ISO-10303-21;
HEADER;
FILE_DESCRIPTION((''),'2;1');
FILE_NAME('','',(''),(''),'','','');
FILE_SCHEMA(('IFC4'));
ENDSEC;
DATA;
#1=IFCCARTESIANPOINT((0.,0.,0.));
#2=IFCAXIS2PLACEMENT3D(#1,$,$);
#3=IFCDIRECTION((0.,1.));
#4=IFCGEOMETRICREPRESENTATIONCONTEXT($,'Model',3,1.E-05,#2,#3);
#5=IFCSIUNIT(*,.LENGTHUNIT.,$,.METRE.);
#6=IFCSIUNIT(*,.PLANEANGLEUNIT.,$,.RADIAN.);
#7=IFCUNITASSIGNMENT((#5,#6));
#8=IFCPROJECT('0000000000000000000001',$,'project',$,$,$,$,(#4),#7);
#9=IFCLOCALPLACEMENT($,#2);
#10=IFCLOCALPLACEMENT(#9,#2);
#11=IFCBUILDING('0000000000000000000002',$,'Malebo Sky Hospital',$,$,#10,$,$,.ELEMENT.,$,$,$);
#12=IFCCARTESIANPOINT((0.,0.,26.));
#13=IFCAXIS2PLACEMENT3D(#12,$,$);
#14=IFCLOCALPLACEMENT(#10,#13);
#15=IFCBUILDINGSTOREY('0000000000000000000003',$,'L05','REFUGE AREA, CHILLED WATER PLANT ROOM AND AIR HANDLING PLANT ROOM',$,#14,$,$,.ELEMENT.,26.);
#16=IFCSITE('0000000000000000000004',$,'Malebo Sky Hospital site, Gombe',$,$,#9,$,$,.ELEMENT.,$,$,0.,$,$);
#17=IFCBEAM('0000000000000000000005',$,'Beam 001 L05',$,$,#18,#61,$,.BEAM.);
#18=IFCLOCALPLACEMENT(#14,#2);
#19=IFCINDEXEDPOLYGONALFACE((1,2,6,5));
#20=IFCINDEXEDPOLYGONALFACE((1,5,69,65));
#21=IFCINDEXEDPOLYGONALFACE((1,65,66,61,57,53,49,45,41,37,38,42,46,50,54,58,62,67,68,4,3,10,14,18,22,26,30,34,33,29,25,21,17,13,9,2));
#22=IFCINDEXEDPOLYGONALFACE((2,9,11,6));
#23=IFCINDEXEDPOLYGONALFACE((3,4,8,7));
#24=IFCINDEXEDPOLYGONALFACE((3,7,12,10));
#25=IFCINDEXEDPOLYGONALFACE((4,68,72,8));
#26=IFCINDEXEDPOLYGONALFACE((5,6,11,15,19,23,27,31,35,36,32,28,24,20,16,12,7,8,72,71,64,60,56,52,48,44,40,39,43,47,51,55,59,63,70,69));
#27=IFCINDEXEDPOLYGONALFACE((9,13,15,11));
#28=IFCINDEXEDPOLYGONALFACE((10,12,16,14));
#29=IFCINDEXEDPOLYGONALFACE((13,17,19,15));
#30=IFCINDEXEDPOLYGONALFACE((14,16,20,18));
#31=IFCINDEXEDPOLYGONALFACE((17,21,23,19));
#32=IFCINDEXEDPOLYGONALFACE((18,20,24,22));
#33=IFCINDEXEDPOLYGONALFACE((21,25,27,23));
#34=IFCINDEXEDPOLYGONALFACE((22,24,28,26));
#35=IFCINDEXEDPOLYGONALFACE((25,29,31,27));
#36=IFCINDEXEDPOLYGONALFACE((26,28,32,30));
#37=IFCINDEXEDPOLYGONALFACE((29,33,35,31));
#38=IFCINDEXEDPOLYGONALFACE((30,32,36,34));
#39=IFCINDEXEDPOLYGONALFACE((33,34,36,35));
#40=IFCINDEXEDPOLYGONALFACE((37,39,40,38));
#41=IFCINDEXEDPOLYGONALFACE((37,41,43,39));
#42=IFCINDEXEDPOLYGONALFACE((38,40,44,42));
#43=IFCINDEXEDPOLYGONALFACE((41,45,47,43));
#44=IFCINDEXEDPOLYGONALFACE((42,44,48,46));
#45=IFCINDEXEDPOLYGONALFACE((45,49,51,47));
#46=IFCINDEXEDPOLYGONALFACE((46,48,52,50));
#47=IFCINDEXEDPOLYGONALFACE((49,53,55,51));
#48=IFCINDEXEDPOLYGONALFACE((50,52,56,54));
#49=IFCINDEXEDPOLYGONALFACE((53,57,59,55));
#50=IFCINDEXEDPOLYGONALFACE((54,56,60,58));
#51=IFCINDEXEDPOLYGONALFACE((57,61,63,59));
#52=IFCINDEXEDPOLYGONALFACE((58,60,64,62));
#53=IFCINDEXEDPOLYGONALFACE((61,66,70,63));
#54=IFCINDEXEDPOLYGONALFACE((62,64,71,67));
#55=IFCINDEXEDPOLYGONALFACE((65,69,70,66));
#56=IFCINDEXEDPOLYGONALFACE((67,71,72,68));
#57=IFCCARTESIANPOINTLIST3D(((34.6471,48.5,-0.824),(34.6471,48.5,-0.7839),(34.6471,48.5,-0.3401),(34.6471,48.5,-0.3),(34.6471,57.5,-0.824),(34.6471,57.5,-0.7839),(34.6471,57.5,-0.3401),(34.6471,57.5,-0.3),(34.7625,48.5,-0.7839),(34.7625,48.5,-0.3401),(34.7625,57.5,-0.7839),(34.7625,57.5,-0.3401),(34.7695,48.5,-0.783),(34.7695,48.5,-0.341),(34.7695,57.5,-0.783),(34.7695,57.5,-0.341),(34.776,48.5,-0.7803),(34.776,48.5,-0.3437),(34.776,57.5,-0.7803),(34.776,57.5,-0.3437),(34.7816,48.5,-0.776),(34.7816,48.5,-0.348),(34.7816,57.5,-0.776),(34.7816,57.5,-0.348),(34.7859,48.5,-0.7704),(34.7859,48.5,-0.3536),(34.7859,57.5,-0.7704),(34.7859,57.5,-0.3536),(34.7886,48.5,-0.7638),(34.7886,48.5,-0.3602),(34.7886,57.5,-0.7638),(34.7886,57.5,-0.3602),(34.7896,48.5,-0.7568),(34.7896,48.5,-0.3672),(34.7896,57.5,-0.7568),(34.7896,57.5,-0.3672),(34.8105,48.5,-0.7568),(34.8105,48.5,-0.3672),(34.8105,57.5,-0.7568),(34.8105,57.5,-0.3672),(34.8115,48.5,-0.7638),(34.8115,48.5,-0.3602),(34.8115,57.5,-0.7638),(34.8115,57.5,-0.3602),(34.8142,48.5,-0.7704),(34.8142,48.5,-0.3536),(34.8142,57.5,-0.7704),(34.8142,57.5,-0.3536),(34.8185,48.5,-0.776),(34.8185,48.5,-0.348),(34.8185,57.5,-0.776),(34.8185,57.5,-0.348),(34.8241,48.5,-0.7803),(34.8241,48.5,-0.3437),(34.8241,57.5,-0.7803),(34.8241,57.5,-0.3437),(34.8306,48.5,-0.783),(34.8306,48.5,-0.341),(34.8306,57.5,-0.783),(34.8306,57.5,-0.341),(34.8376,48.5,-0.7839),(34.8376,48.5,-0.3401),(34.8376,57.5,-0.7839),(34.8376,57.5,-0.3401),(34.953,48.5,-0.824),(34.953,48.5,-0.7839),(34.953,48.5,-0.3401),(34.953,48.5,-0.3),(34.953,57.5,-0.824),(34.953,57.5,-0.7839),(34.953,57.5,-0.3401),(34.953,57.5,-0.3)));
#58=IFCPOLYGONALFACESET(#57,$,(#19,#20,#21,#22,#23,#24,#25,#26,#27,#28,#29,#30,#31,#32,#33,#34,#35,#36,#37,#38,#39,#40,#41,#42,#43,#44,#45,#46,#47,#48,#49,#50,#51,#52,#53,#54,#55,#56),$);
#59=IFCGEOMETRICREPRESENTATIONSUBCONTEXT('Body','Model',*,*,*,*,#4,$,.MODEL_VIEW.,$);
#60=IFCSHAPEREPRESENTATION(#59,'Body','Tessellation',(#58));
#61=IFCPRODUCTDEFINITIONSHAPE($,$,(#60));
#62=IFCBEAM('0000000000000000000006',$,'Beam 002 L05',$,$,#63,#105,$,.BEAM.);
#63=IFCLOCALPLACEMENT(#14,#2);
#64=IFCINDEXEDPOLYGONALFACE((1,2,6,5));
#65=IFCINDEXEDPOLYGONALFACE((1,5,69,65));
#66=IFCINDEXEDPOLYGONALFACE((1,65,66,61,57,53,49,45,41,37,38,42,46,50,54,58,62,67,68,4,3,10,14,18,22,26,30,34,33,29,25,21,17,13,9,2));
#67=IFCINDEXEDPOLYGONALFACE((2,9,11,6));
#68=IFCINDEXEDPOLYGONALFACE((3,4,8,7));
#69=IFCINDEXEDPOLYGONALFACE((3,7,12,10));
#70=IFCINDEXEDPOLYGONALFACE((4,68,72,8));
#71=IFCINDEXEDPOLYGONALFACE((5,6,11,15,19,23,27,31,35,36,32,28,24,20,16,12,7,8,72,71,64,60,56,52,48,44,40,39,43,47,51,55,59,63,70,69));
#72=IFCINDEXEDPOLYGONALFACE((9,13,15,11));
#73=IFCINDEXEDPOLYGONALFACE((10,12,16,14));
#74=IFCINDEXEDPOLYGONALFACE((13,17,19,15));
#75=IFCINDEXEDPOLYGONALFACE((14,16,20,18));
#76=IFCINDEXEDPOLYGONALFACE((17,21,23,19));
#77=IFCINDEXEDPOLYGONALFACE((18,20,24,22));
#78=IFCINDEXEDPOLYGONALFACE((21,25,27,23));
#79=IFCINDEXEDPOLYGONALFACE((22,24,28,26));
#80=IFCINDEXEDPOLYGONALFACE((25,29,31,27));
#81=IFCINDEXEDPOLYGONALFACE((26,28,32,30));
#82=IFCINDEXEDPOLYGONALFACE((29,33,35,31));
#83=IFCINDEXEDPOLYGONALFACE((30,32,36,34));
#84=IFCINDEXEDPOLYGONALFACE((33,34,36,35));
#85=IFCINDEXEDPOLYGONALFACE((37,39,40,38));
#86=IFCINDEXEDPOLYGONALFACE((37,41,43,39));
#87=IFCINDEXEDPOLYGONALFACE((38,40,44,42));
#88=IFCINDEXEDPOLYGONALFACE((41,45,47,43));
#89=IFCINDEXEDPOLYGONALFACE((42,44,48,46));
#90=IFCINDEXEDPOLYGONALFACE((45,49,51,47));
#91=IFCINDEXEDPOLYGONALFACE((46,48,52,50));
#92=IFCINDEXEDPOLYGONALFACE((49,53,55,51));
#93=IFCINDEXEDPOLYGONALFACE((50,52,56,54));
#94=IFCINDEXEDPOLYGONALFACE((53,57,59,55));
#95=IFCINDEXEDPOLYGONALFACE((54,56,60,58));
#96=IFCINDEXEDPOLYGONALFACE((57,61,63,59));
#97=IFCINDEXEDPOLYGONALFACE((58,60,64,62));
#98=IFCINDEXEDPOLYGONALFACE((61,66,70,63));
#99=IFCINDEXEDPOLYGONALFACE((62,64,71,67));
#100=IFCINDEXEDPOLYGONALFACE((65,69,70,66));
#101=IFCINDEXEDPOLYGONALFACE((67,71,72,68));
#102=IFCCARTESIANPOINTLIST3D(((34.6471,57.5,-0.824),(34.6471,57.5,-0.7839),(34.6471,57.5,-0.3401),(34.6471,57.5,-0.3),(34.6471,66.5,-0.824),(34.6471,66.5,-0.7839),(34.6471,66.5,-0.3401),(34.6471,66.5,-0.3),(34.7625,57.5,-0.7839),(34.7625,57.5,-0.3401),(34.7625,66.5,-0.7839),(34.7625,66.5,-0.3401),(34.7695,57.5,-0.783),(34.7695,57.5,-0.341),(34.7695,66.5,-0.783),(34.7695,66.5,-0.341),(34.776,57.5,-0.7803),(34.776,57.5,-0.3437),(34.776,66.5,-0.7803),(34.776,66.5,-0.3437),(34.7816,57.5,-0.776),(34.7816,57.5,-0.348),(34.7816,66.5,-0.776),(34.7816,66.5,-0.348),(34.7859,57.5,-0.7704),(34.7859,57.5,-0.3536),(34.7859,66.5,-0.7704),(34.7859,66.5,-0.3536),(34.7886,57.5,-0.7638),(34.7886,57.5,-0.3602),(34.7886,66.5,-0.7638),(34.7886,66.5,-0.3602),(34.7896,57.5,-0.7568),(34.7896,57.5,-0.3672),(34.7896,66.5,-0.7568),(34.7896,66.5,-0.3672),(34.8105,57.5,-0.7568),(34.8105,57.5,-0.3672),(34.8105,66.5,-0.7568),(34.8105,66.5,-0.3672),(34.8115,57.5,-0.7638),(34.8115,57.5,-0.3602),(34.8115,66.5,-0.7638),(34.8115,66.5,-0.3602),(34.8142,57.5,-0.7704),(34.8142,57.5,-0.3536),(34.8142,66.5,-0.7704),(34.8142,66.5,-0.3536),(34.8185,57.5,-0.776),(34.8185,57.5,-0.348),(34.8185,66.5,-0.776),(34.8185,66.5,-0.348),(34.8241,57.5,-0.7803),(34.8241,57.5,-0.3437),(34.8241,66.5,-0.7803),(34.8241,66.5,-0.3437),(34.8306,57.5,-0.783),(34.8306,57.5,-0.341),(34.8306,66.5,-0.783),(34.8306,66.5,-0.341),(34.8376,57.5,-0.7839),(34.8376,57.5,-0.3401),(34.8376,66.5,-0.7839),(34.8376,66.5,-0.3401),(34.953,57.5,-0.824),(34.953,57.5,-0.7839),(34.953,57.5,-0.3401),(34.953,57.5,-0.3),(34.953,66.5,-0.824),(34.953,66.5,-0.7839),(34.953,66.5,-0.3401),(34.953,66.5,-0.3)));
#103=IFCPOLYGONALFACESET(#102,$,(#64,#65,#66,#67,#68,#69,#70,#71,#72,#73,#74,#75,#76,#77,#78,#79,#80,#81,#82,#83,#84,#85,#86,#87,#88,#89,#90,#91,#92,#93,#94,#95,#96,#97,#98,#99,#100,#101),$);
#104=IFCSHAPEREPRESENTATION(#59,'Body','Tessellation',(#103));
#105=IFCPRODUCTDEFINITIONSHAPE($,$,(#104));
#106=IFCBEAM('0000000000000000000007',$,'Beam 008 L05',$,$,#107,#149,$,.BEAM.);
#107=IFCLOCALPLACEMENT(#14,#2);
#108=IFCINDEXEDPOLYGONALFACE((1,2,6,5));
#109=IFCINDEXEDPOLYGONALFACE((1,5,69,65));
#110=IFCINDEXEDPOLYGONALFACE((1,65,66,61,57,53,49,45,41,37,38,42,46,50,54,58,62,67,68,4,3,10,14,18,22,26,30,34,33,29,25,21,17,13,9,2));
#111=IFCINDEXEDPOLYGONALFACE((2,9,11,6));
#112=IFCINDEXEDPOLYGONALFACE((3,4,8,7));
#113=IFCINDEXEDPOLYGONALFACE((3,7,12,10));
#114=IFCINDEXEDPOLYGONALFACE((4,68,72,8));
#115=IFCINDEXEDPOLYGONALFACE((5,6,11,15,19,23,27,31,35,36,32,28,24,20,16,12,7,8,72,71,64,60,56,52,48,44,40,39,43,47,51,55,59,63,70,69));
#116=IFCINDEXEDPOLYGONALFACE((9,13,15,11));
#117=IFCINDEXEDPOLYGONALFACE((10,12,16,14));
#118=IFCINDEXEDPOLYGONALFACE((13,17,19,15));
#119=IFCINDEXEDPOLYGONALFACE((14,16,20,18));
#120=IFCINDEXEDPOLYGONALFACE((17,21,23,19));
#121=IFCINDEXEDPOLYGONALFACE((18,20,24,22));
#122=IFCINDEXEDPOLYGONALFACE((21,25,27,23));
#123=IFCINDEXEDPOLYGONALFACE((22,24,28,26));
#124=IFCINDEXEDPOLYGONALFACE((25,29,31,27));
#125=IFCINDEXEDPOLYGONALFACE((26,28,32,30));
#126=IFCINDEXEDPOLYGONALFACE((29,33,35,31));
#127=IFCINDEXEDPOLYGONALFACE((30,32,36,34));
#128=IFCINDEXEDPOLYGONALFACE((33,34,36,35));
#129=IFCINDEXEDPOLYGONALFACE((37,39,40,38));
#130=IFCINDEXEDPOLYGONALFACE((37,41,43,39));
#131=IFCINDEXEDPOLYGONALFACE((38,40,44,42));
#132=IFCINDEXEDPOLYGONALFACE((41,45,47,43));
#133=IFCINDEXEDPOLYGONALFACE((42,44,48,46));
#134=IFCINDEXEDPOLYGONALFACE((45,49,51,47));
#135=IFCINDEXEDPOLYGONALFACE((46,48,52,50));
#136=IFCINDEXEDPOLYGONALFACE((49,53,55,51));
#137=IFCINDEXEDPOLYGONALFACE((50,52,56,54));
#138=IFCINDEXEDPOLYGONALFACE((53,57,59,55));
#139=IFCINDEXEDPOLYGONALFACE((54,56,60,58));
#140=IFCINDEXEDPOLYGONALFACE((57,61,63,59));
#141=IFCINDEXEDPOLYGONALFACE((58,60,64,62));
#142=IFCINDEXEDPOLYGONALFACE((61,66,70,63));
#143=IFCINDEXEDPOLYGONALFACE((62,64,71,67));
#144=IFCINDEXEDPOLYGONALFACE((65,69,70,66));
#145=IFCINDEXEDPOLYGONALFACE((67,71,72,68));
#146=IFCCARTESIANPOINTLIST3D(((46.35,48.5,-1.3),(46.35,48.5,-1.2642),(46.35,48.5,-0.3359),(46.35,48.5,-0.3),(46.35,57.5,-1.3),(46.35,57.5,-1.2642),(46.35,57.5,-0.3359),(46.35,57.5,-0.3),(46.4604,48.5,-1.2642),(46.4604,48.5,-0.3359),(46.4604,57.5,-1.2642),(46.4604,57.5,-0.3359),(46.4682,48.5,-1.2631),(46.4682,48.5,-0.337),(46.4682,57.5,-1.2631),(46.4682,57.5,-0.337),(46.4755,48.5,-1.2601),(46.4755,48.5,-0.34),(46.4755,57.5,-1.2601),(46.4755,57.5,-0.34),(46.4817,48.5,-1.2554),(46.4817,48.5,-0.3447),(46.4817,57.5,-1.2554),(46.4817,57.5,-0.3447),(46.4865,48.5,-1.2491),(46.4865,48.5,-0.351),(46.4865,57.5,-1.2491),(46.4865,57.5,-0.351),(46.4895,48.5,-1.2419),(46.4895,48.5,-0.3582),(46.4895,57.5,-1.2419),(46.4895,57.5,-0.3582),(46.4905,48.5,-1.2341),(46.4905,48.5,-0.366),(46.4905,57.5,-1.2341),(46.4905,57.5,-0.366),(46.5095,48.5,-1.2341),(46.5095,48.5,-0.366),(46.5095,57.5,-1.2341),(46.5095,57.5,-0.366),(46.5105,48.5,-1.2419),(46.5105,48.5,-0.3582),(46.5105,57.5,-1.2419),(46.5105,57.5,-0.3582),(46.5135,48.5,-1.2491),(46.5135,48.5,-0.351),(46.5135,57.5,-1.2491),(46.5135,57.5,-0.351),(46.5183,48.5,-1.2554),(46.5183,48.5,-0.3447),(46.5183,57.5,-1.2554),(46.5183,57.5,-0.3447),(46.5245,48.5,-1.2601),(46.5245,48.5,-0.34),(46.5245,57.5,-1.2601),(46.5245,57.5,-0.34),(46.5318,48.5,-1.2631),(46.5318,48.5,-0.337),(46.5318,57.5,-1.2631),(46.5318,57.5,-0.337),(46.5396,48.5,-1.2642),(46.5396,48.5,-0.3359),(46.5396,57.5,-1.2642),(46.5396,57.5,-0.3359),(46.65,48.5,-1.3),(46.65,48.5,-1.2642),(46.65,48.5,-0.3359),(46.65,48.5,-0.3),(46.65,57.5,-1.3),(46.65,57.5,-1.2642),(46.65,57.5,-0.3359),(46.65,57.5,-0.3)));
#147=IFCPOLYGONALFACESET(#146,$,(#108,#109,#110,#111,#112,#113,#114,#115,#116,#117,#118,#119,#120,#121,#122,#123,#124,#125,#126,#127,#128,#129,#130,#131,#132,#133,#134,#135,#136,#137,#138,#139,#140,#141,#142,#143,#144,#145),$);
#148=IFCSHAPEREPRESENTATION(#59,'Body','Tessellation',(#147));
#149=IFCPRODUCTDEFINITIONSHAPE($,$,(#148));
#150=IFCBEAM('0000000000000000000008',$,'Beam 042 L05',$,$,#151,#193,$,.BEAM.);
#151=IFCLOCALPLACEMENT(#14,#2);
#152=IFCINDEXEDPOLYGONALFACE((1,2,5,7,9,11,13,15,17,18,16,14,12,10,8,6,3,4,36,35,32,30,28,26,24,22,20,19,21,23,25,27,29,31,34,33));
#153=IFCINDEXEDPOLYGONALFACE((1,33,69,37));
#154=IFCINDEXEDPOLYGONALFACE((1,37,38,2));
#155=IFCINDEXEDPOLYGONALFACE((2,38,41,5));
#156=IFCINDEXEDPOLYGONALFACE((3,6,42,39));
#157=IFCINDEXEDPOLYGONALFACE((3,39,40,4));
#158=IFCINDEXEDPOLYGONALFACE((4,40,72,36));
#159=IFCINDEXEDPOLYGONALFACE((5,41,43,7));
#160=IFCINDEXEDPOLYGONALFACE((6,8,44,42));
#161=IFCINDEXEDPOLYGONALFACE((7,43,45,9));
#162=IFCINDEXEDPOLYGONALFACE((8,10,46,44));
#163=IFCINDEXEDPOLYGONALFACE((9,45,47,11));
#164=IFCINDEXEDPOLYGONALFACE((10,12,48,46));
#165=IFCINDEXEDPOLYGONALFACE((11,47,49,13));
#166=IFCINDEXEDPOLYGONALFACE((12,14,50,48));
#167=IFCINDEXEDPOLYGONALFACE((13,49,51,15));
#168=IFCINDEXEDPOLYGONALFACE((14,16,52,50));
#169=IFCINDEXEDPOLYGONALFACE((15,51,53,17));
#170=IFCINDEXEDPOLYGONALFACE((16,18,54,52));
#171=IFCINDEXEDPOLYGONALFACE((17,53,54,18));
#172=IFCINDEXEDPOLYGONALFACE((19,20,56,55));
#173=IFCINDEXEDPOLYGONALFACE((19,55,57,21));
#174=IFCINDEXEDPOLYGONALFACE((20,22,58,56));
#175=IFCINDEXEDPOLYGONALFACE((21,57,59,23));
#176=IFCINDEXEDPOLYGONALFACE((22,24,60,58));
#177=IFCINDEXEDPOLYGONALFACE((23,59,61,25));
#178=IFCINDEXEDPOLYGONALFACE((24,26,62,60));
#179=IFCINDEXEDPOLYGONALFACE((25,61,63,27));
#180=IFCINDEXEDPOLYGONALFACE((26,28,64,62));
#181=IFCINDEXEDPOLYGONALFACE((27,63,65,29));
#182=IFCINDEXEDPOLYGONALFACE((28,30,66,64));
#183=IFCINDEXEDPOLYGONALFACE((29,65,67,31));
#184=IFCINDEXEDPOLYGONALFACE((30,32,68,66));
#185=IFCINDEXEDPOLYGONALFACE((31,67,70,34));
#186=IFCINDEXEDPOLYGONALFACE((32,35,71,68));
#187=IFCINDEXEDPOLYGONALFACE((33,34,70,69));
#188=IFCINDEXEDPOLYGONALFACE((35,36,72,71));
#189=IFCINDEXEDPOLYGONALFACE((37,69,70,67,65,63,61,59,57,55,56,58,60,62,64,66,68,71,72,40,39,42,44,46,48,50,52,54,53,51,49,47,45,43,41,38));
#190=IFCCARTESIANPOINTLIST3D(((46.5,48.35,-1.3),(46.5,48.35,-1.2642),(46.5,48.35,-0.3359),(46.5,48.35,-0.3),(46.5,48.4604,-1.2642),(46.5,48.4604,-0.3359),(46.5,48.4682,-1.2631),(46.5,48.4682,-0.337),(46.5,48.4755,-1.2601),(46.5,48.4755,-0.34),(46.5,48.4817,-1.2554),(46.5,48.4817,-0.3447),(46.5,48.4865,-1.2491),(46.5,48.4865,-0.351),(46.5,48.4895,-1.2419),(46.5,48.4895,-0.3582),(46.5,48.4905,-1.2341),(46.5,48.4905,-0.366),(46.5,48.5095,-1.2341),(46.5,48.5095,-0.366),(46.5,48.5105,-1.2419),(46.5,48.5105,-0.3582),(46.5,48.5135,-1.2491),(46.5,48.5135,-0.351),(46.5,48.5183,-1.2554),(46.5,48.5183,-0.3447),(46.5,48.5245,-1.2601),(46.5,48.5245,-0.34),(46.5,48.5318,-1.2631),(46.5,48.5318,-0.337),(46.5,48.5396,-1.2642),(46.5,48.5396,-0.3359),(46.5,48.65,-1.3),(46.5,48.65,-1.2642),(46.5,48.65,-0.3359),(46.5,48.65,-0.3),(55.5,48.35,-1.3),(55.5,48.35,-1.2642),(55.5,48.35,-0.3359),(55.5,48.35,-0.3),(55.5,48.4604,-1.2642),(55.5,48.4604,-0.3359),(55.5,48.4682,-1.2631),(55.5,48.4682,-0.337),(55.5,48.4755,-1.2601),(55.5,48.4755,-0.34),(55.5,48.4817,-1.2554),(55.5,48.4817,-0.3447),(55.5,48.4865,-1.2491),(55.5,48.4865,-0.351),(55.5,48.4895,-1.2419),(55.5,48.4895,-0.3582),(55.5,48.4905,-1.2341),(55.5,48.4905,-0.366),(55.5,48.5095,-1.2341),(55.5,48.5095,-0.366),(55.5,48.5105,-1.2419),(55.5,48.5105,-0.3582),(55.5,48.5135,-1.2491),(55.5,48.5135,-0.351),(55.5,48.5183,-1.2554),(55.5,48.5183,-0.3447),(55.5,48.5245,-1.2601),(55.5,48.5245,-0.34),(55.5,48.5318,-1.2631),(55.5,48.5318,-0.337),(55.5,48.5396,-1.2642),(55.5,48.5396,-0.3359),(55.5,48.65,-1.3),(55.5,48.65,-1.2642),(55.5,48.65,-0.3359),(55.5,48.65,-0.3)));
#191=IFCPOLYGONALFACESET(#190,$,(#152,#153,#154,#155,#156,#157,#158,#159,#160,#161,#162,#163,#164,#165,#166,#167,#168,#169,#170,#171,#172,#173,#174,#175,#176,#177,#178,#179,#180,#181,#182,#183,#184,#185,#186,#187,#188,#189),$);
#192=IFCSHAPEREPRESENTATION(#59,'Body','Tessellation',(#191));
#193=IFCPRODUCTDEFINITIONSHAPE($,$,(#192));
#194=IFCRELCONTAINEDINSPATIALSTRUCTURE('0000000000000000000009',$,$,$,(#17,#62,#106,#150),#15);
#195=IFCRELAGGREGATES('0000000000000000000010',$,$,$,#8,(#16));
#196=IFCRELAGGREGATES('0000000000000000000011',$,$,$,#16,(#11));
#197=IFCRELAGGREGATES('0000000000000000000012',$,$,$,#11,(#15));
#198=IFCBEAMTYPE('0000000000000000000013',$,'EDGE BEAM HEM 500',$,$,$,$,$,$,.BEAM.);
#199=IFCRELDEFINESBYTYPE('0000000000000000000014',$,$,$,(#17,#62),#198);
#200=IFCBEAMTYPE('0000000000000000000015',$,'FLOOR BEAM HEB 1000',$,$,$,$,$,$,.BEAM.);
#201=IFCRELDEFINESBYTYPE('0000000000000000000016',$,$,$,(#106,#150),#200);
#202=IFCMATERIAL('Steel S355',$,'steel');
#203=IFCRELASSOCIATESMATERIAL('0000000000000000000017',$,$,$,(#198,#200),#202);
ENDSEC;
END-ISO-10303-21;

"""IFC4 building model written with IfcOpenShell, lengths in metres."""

from ifc_helpers import new_model, si_unit, direction, frame, origin, origin_2d, place, context, subcontext, project, spatial, i_section, extrude, material, material_profile, profile_set, type_object, element, save


model = new_model("IFC4")

# Units and contexts
model_context = context("Model", 3, precision=1e-05, world=origin(), true_north=direction((0.0, 1.0)))
body_context = subcontext(model_context, "Body", "Model", "MODEL_VIEW")
ifc_project = project(units=[si_unit("LENGTHUNIT", "METRE"), si_unit("PLANEANGLEUNIT", "RADIAN")], contexts=[model_context])

# Site, building, storey
site_placement = place(None, origin())
site = spatial("IfcSite", under=ifc_project, at=site_placement, Name="Malebo Sky Hospital site, Gombe", CompositionType="ELEMENT", RefElevation=0.0)
building_placement = place(site_placement, origin())
building = spatial("IfcBuilding", under=site, at=building_placement, Name="Malebo Sky Hospital", CompositionType="ELEMENT")
storey_placement = place(building_placement, frame((0.0, 0.0, 26.0)))
storey = spatial("IfcBuildingStorey", under=building, at=storey_placement, Name="L05", Description="REFUGE AREA, CHILLED WATER PLANT ROOM AND AIR HANDLING PLANT ROOM", CompositionType="ELEMENT", Elevation=26.0)

# Beams
ifc_material_1 = material(Name="Steel S355", Category="steel")
ifc_material_profile_1 = material_profile(ifc_material_1, i_section(OverallWidth=0.3059, OverallDepth=0.5239, WebThickness=0.021, FlangeThickness=0.04, FilletRadius=0.0271, at=origin_2d()), Name="HEM 500")
ifc_profile_set_1 = profile_set([ifc_material_profile_1], Name="Steel S355")
beam_type_1 = type_object("IfcBeamType", Name="EDGE BEAM HEM 500", PredefinedType="BEAM", material=ifc_profile_set_1)
for number, where, z_axis, x_axis, name in (
    (1, (34.8, 48.5, -0.562), (0.0, 1.0, 0.0), (-1.0, 0.0, 0.0), "Beam 001 L05"),
    (2, (34.8, 57.5, -0.562), (0.0, 1.0, 0.0), (-1.0, 0.0, 0.0), "Beam 002 L05"),
):
    element("IfcBeam", number, at=place(storey_placement, frame(where, z_axis=z_axis, x_axis=x_axis)), inside=storey, type_object=beam_type_1, Name=name, PredefinedType="BEAM", context=body_context, shape_type="SweptSolid", body=[
        extrude(i_section(OverallWidth=0.3059, OverallDepth=0.5239, WebThickness=0.021, FlangeThickness=0.04, FilletRadius=0.0271, at=origin_2d()), origin(), (0.0, 0.0, 1.0), 9.0),
    ])
ifc_material_profile_2 = material_profile(ifc_material_1, i_section(OverallWidth=0.3, OverallDepth=1.0, WebThickness=0.019, FlangeThickness=0.0359, FilletRadius=0.03, at=origin_2d()), Name="HEB 1000")
ifc_profile_set_2 = profile_set([ifc_material_profile_2], Name="Steel S355")
beam_type_2 = type_object("IfcBeamType", Name="FLOOR BEAM HEB 1000", PredefinedType="BEAM", material=ifc_profile_set_2)
for number, where, z_axis, x_axis, name in (
    (3, (46.5, 48.5, -0.8), (0.0, 1.0, 0.0), (-1.0, 0.0, 0.0), "Beam 008 L05"),
    (4, (46.5, 48.5, -0.8), (1.0, 0.0, 0.0), (0.0, 1.0, 0.0), "Beam 042 L05"),
):
    element("IfcBeam", number, at=place(storey_placement, frame(where, z_axis=z_axis, x_axis=x_axis)), inside=storey, type_object=beam_type_2, Name=name, PredefinedType="BEAM", context=body_context, shape_type="SweptSolid", body=[
        extrude(i_section(OverallWidth=0.3, OverallDepth=1.0, WebThickness=0.019, FlangeThickness=0.0359, FilletRadius=0.03, at=origin_2d()), origin(), (0.0, 0.0, 1.0), 9.0),
    ])

save(model, "model.ifc")
